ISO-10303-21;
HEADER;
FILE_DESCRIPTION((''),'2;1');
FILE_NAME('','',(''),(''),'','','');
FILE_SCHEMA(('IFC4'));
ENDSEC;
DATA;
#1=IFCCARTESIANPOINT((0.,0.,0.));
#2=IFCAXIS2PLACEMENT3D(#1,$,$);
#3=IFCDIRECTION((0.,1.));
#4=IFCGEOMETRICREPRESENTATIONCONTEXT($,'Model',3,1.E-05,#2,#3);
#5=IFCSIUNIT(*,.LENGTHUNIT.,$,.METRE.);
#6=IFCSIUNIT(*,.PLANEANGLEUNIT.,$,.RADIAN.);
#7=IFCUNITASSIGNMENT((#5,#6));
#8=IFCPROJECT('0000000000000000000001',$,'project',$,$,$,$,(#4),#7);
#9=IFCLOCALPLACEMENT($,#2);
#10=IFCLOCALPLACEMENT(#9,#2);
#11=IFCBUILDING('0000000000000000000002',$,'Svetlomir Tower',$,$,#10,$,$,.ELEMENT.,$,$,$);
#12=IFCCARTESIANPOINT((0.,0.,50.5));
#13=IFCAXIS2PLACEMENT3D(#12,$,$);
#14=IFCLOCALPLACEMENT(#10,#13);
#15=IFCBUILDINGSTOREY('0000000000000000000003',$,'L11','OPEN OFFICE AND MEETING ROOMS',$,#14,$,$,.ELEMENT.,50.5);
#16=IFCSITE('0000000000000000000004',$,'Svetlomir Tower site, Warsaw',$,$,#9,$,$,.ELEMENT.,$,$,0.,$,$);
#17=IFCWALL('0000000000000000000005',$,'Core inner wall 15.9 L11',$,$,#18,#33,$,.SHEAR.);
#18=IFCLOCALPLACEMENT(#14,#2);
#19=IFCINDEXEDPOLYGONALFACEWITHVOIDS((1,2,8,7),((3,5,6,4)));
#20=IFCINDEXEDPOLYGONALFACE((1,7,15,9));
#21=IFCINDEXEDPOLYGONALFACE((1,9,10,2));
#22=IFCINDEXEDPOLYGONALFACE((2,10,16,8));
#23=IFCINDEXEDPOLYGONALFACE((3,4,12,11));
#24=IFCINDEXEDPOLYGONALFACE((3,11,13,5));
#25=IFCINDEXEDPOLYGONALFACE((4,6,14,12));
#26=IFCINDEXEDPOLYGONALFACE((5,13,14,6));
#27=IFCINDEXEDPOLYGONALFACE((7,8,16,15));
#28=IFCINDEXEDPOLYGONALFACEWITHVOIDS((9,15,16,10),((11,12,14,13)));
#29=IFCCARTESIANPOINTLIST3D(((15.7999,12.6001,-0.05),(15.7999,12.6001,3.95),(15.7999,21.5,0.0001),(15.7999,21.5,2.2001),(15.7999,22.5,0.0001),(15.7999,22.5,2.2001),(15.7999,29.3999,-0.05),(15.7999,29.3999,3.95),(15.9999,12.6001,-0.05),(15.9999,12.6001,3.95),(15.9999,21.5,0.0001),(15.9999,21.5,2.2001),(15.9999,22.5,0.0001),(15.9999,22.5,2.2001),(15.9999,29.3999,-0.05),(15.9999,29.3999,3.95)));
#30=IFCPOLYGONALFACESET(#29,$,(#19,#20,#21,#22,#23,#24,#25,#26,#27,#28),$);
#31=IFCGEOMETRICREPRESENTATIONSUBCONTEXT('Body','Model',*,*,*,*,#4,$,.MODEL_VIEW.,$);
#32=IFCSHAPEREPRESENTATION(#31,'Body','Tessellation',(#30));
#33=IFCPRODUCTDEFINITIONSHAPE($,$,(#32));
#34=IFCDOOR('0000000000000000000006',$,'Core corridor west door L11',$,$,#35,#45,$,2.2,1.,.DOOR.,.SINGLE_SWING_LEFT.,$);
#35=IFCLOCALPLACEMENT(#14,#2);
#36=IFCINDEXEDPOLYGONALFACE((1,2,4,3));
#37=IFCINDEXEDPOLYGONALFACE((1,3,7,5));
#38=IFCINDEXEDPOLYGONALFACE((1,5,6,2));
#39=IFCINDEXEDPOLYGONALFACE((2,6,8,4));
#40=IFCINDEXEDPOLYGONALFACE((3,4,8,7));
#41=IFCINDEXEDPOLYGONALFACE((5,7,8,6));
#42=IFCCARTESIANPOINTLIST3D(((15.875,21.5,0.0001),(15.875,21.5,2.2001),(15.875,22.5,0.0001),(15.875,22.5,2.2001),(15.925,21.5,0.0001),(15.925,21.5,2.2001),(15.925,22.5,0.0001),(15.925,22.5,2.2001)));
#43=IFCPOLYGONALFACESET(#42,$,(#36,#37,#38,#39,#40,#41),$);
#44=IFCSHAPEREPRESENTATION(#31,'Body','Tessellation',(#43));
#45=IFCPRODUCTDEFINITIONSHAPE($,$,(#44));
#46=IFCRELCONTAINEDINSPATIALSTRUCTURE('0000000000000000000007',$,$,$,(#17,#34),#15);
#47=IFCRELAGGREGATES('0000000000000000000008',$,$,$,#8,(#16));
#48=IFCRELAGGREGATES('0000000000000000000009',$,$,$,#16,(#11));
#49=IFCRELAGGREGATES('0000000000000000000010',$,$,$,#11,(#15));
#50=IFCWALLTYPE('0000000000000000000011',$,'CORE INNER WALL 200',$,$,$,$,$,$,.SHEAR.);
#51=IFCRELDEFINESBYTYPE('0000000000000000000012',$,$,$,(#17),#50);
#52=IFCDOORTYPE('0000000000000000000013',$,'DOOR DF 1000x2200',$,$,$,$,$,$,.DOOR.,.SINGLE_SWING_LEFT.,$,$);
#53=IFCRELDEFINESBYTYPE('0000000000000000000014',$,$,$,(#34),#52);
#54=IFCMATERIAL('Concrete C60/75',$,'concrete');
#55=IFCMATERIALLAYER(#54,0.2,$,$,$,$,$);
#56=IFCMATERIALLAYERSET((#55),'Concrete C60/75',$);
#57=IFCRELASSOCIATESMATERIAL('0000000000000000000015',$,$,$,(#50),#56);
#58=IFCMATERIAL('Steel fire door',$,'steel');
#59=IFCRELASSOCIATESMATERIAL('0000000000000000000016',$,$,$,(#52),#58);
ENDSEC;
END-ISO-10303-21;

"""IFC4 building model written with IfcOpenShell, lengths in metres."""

from ifc_helpers import new_model, si_unit, direction, frame, frame_2d, origin, place, context, subcontext, project, spatial, rectangle, extrude, material, layer, layer_set, type_object, element, fill, save


model = new_model("IFC4")

# Units and contexts
model_context = context("Model", 3, precision=1e-05, world=origin(), true_north=direction((0.0, 1.0)))
body_context = subcontext(model_context, "Body", "Model", "MODEL_VIEW")
ifc_project = project(units=[si_unit("LENGTHUNIT", "METRE"), si_unit("PLANEANGLEUNIT", "RADIAN")], contexts=[model_context])

# Site, building, storey
site_placement = place(None, origin())
site = spatial("IfcSite", under=ifc_project, at=site_placement, Name="Svetlomir Tower site, Warsaw", CompositionType="ELEMENT", RefElevation=0.0)
building_placement = place(site_placement, origin())
building = spatial("IfcBuilding", under=site, at=building_placement, Name="Svetlomir Tower", CompositionType="ELEMENT")
storey_placement = place(building_placement, frame((0.0, 0.0, 50.5)))
storey = spatial("IfcBuildingStorey", under=building, at=storey_placement, Name="L11", Description="OPEN OFFICE AND MEETING ROOMS", CompositionType="ELEMENT", Elevation=50.5)

# Wall, opening, door
ifc_material_1 = material(Name="Concrete C60/75", Category="concrete")
ifc_layer_1 = layer(ifc_material_1, 0.2)
ifc_layer_set_1 = layer_set([ifc_layer_1], Name="Concrete C60/75")
wall_type_1 = type_object("IfcWallType", Name="CORE INNER WALL 200", PredefinedType="SHEAR", material=ifc_layer_set_1)
wall_1_placement = place(storey_placement, frame((15.8999, 12.6001, -0.05), z_axis=(0.0, 0.0, 1.0), x_axis=(0.0, 1.0, 0.0)))
wall_1 = element("IfcWall", 1, at=wall_1_placement, inside=storey, type_object=wall_type_1, Name="Core inner wall 15.9 L11", PredefinedType="SHEAR", context=body_context, shape_type="SweptSolid", body=[
    extrude(rectangle(XDim=16.7998, YDim=0.2, at=frame_2d((8.3999, 0.0))), origin(), (0.0, 0.0, 1.0), 4.0),
])
opening_1_placement = place(wall_1_placement, frame((8.8999, 0.0, 0.05)))
opening_1 = element("IfcOpeningElement", 2, at=opening_1_placement, cuts=wall_1, PredefinedType="OPENING", context=body_context, shape_type="SweptSolid", body=[
    extrude(rectangle(XDim=1.0, YDim=2.2, at=frame_2d((0.5, 1.1001))), frame((0.0, 0.1099, 0.0), z_axis=(0.0, -1.0, 0.0), x_axis=(1.0, 0.0, 0.0)), (0.0, 0.0, 1.0), 0.22),
])
ifc_material_2 = material(Name="Steel fire door", Category="steel")
door_type_1 = type_object("IfcDoorType", Name="DOOR DF 1000x2200", OperationType="SINGLE_SWING_LEFT", PredefinedType="DOOR", material=ifc_material_2)
door_1_placement = place(opening_1_placement, origin())
door_1 = element("IfcDoor", 3, at=door_1_placement, inside=storey, type_object=door_type_1, Name="Core corridor west door L11", OperationType="SINGLE_SWING_LEFT", OverallHeight=2.2, OverallWidth=1.0, PredefinedType="DOOR", context=body_context, shape_type="SweptSolid", body=[
    extrude(rectangle(XDim=1.0, YDim=2.2, at=frame_2d((0.5, 1.1001))), frame((0.0, 0.0249, 0.0), z_axis=(0.0, -1.0, 0.0), x_axis=(1.0, 0.0, 0.0)), (0.0, 0.0, 1.0), 0.05),
])
fill(opening_1, door_1)

save(model, "model.ifc")
